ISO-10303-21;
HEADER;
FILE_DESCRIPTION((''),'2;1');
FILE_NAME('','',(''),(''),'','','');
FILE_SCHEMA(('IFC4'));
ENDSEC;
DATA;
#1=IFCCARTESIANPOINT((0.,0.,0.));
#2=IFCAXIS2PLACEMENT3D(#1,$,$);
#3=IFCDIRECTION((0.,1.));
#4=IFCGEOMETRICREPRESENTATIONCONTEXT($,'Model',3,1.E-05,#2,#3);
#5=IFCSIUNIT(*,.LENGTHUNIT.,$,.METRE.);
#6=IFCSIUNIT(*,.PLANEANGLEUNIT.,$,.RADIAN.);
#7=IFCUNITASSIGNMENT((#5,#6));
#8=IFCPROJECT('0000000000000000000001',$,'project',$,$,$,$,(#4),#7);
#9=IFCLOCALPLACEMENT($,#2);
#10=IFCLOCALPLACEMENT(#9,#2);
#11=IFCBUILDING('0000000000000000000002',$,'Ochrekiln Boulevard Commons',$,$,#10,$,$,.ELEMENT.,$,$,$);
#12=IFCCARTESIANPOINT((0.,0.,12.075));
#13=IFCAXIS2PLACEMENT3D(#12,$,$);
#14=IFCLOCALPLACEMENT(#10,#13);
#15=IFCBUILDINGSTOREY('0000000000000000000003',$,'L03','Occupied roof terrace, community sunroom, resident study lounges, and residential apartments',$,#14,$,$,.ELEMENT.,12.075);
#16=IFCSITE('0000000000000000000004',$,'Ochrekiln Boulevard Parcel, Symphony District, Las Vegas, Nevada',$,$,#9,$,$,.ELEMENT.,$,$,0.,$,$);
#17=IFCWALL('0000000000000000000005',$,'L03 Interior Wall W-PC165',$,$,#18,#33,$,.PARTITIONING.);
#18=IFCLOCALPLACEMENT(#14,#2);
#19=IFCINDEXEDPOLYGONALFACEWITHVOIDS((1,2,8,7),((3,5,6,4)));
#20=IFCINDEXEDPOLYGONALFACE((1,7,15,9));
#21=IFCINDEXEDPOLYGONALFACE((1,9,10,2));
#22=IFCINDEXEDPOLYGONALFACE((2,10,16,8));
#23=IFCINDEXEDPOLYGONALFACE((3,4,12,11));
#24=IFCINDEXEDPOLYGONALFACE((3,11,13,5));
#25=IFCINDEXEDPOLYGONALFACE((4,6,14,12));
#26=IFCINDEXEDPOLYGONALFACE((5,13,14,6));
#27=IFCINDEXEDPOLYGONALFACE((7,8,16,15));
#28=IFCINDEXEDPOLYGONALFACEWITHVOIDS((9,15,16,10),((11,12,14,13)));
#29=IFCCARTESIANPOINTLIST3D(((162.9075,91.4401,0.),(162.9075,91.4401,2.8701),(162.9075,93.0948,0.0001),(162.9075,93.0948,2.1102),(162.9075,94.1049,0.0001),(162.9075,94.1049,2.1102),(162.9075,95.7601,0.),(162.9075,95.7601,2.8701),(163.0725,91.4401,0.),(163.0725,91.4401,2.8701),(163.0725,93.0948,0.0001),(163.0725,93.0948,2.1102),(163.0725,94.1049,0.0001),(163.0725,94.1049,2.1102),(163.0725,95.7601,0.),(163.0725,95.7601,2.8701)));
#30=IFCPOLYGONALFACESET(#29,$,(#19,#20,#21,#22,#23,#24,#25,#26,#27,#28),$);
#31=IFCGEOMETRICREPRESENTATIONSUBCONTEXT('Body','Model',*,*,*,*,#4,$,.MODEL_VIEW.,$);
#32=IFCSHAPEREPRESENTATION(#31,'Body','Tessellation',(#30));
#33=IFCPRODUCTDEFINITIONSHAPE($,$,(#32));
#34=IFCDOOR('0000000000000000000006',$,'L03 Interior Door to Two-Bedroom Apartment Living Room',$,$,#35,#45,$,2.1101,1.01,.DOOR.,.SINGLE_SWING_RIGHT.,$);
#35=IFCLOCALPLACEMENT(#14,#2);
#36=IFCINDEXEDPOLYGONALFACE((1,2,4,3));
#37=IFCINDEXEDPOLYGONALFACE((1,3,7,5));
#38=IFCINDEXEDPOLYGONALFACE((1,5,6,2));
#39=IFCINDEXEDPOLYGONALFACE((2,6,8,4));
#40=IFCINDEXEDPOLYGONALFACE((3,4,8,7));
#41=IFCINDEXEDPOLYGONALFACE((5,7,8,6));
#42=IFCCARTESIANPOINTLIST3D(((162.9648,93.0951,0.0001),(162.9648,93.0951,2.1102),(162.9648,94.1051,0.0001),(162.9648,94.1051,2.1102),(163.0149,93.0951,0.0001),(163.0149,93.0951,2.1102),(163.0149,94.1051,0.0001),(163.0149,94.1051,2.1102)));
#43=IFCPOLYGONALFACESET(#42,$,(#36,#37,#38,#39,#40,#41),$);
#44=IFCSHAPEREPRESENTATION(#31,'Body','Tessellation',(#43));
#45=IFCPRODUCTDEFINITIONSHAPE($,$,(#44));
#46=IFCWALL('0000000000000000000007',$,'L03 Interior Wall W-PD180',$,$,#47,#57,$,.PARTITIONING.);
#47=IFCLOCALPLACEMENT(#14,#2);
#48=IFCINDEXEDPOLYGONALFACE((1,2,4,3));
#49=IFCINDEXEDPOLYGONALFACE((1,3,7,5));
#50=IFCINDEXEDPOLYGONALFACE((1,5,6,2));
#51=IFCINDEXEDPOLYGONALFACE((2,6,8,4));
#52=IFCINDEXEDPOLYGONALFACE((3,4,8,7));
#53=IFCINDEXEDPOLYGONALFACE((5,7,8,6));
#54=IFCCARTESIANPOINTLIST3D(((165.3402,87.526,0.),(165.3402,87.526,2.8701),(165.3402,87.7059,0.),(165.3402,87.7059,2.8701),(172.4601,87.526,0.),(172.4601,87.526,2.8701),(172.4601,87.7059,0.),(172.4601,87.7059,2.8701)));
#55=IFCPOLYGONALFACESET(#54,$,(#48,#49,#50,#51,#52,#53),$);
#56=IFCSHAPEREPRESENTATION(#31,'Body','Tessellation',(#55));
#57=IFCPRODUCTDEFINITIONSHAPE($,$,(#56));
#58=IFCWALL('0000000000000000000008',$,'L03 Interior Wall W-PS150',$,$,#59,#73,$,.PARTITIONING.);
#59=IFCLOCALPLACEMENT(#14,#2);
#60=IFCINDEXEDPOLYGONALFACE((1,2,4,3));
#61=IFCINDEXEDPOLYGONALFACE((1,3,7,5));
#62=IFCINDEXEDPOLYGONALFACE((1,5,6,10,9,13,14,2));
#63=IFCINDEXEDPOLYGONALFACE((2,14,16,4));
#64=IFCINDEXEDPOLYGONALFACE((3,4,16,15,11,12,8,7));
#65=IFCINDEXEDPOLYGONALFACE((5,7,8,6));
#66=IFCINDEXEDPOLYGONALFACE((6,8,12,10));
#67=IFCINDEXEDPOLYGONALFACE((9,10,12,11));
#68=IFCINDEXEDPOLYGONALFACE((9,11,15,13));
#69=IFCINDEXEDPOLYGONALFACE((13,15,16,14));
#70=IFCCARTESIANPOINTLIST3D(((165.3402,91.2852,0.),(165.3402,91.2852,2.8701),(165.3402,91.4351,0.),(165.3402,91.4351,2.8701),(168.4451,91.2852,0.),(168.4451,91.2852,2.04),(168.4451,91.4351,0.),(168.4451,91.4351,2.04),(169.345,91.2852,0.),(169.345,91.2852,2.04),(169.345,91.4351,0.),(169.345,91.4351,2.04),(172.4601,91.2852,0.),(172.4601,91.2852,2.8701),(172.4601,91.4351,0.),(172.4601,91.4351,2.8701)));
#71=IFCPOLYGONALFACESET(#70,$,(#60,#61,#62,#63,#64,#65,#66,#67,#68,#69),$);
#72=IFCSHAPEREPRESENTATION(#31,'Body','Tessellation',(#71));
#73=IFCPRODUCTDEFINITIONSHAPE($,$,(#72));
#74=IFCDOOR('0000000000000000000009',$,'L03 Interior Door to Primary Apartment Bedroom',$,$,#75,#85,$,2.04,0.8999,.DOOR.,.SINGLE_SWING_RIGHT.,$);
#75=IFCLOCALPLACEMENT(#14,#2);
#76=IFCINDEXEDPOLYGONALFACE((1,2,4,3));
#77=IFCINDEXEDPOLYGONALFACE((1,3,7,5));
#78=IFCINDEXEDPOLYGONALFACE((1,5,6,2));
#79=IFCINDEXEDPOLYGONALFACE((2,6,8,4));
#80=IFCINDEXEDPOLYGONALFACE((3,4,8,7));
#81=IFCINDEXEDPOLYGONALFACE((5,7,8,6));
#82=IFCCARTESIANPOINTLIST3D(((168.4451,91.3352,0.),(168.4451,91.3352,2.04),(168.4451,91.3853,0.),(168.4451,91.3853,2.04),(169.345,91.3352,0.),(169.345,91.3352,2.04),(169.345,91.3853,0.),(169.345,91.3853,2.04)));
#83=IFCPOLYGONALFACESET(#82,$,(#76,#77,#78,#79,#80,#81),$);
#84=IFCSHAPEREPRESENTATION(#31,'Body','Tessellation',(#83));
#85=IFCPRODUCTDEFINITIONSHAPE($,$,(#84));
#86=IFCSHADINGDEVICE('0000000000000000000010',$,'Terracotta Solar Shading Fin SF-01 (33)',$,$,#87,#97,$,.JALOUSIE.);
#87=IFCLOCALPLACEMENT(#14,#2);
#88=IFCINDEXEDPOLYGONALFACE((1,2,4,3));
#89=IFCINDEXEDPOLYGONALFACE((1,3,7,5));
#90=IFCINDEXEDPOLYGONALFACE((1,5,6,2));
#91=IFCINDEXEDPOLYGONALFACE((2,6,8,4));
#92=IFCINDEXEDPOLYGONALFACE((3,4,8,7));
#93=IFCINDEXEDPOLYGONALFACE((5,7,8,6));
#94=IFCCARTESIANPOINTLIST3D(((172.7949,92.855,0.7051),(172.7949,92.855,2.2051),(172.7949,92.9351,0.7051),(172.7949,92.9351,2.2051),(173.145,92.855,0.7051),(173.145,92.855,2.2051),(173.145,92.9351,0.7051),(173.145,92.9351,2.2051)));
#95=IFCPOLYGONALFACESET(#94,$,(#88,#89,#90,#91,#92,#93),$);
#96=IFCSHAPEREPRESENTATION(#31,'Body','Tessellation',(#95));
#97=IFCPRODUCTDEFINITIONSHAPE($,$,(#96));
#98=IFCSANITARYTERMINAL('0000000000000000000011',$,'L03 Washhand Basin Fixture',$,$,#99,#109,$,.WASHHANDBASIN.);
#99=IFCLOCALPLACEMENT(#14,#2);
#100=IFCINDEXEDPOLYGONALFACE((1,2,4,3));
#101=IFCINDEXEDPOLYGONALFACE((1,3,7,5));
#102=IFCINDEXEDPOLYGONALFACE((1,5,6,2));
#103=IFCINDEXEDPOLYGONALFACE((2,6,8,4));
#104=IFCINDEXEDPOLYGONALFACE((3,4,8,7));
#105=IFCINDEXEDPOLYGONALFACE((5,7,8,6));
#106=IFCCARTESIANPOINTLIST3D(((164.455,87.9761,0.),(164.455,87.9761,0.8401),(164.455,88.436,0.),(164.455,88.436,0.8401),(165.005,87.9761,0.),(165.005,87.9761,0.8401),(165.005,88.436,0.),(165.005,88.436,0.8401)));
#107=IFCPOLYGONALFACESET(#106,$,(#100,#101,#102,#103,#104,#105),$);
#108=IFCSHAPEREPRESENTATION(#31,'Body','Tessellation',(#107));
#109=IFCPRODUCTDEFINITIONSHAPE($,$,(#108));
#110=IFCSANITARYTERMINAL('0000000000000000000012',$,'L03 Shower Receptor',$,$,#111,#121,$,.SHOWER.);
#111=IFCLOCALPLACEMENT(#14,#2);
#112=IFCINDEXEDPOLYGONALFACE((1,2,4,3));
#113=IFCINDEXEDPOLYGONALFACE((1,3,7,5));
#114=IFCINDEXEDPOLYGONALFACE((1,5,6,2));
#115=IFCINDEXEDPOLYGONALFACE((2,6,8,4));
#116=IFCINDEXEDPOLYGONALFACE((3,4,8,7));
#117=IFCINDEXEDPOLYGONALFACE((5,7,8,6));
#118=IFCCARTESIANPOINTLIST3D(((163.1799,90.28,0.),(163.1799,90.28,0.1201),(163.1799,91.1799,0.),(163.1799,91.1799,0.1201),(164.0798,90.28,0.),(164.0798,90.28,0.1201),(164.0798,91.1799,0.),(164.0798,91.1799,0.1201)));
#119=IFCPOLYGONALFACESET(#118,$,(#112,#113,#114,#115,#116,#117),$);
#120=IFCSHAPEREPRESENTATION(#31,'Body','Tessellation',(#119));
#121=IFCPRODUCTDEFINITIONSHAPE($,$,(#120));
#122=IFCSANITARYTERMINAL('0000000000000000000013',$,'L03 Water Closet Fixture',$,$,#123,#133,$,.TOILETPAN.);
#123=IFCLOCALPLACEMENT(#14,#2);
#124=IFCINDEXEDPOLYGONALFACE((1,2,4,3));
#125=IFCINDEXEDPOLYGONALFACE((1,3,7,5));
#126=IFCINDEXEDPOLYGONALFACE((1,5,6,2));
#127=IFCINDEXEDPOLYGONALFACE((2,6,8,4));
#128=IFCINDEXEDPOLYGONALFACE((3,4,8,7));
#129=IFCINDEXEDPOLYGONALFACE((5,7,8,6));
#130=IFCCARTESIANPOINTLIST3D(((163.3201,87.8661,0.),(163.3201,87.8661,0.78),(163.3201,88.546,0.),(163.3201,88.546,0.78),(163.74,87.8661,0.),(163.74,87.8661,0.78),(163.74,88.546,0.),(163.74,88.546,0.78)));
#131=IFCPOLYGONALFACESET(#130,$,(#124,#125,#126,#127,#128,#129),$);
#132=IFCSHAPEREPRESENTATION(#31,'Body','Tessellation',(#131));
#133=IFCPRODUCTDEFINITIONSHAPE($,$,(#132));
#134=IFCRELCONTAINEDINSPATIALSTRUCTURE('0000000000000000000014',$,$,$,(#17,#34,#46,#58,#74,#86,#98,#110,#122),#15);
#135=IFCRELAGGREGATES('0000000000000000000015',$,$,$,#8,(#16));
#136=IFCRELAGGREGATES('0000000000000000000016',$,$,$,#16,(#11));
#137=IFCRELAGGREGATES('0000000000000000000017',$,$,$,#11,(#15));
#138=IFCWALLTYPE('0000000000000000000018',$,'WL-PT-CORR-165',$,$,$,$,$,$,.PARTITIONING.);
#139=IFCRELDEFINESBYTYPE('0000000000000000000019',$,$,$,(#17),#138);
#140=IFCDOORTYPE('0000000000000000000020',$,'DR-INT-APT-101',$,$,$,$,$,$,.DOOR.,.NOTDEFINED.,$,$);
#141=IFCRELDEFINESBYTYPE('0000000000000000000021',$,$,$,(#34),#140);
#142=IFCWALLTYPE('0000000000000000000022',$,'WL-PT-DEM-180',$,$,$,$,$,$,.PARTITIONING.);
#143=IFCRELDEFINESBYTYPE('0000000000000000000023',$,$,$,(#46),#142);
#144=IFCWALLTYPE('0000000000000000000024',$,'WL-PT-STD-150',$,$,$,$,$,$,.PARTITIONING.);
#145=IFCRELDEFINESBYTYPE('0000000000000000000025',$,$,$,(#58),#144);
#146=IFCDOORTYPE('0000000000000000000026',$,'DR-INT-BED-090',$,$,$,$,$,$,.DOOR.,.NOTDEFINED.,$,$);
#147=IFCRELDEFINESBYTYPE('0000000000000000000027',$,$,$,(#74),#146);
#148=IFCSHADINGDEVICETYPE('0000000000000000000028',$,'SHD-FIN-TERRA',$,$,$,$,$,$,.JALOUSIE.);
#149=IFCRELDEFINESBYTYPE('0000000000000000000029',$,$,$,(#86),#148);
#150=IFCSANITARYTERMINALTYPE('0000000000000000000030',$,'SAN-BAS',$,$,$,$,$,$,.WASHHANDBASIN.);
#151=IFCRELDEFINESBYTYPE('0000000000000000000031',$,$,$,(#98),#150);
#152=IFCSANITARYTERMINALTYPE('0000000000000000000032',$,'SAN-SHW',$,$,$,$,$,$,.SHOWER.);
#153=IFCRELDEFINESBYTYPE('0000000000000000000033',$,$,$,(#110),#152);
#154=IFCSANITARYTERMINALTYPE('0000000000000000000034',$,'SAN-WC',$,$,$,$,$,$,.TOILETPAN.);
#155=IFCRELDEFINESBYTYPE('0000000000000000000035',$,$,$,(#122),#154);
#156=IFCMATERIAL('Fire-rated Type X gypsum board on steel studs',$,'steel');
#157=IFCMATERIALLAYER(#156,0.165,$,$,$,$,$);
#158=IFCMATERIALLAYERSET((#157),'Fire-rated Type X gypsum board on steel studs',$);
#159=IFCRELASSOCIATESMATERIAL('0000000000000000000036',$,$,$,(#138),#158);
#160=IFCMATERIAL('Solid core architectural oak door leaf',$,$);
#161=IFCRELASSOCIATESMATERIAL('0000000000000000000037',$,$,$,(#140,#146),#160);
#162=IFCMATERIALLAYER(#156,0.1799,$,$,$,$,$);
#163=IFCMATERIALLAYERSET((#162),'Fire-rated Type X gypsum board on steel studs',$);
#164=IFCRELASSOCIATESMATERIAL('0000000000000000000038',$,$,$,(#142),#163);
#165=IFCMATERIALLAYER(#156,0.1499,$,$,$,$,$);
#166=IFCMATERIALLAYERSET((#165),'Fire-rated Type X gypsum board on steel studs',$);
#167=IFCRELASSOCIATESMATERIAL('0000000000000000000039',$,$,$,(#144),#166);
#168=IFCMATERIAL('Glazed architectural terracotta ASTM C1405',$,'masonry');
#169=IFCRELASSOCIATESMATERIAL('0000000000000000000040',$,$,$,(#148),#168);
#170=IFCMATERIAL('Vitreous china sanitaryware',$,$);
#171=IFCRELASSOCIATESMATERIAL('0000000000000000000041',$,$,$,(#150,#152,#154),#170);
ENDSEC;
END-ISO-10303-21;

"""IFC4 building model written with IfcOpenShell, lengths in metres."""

from ifc_helpers import new_model, si_unit, direction, frame, frame_2d, origin, origin_2d, place, context, subcontext, project, spatial, rectangle, extrude, material, layer, layer_set, type_object, element, fill, save


model = new_model("IFC4")

# Units and contexts
model_context = context("Model", 3, precision=1e-05, world=origin(), true_north=direction((0.0, 1.0)))
body_context = subcontext(model_context, "Body", "Model", "MODEL_VIEW")
ifc_project = project(units=[si_unit("LENGTHUNIT", "METRE"), si_unit("PLANEANGLEUNIT", "RADIAN")], contexts=[model_context])

# Site, building, storey
site_placement = place(None, origin())
site = spatial("IfcSite", under=ifc_project, at=site_placement, Name="Ochrekiln Boulevard Parcel, Symphony District, Las Vegas, Nevada", CompositionType="ELEMENT", RefElevation=0.0)
building_placement = place(site_placement, origin())
building = spatial("IfcBuilding", under=site, at=building_placement, Name="Ochrekiln Boulevard Commons", CompositionType="ELEMENT")
storey_placement = place(building_placement, frame((0.0, 0.0, 12.075)))
storey = spatial("IfcBuildingStorey", under=building, at=storey_placement, Name="L03", Description="Occupied roof terrace, community sunroom, resident study lounges, and residential apartments", CompositionType="ELEMENT", Elevation=12.075)

# Shared definitions
ifc_material_1 = material(Name="Solid core architectural oak door leaf")

# Wall, opening, door
ifc_material_2 = material(Name="Fire-rated Type X gypsum board on steel studs", Category="steel")
ifc_layer_1 = layer(ifc_material_2, 0.165)
ifc_layer_set_1 = layer_set([ifc_layer_1], Name="Fire-rated Type X gypsum board on steel studs")
wall_type_1 = type_object("IfcWallType", Name="WL-PT-CORR-165", PredefinedType="PARTITIONING", material=ifc_layer_set_1)
door_type_1 = type_object("IfcDoorType", Name="DR-INT-APT-101", OperationType="NOTDEFINED", PredefinedType="DOOR", material=ifc_material_1)
wall_1_placement = place(storey_placement, frame((162.99, 91.4399, 0.0), z_axis=(0.0, 0.0, 1.0), x_axis=(0.0, 1.0, 0.0)))
wall_1 = element("IfcWall", 1, at=wall_1_placement, inside=storey, type_object=wall_type_1, Name="L03 Interior Wall W-PC165", PredefinedType="PARTITIONING", context=body_context, shape_type="SweptSolid", body=[
    extrude(rectangle(XDim=4.3201, YDim=0.165, at=frame_2d((2.1602, 0.0))), origin(), (0.0, 0.0, 1.0), 2.8701),
])
opening_1_placement = place(wall_1_placement, frame((1.655, 0.0, 0.0)))
opening_1 = element("IfcOpeningElement", 2, at=opening_1_placement, cuts=wall_1, PredefinedType="OPENING", context=body_context, shape_type="SweptSolid", body=[
    extrude(rectangle(XDim=1.01, YDim=2.1101, at=frame_2d((0.5049, 1.0552))), frame((0.0, 0.0925, 0.0), z_axis=(0.0, -1.0, 0.0), x_axis=(1.0, 0.0, 0.0)), (0.0, 0.0, 1.0), 0.1851),
])
door_1_placement = place(opening_1_placement, frame((1.01, 0.0, 0.0), z_axis=(0.0, 0.0, 1.0), x_axis=(-1.0, 0.0, 0.0)))
door_1 = element("IfcDoor", 3, at=door_1_placement, inside=storey, type_object=door_type_1, Name="L03 Interior Door to Two-Bedroom Apartment Living Room", OperationType="SINGLE_SWING_RIGHT", OverallHeight=2.1101, OverallWidth=1.01, PredefinedType="DOOR", context=body_context, shape_type="SweptSolid", body=[
    extrude(rectangle(XDim=1.01, YDim=2.1101, at=frame_2d((0.5049, 1.0552))), frame((0.0, 0.0249, 0.0), z_axis=(0.0, -1.0, 0.0), x_axis=(1.0, 0.0, 0.0)), (0.0, 0.0, 1.0), 0.05),
])
fill(opening_1, door_1)

# Wall
ifc_layer_2 = layer(ifc_material_2, 0.1799)
ifc_layer_set_2 = layer_set([ifc_layer_2], Name="Fire-rated Type X gypsum board on steel studs")
wall_type_2 = type_object("IfcWallType", Name="WL-PT-DEM-180", PredefinedType="PARTITIONING", material=ifc_layer_set_2)
wall_2_placement = place(storey_placement, frame((165.3401, 87.616, 0.0), z_axis=(0.0, 0.0, 1.0), x_axis=(1.0, 0.0, 0.0)))
element("IfcWall", 4, at=wall_2_placement, inside=storey, type_object=wall_type_2, Name="L03 Interior Wall W-PD180", PredefinedType="PARTITIONING", context=body_context, shape_type="SweptSolid", body=[
    extrude(rectangle(XDim=7.1199, YDim=0.1799, at=frame_2d((3.5601, 0.0))), origin(), (0.0, 0.0, 1.0), 2.8701),
])

# Wall, opening, door
ifc_layer_3 = layer(ifc_material_2, 0.1499)
ifc_layer_set_3 = layer_set([ifc_layer_3], Name="Fire-rated Type X gypsum board on steel studs")
wall_type_3 = type_object("IfcWallType", Name="WL-PT-STD-150", PredefinedType="PARTITIONING", material=ifc_layer_set_3)
wall_3_placement = place(storey_placement, frame((165.3401, 91.3601, 0.0), z_axis=(0.0, 0.0, 1.0), x_axis=(1.0, 0.0, 0.0)))
wall_3 = element("IfcWall", 5, at=wall_3_placement, inside=storey, type_object=wall_type_3, Name="L03 Interior Wall W-PS150", PredefinedType="PARTITIONING", context=body_context, shape_type="SweptSolid", body=[
    extrude(rectangle(XDim=7.1199, YDim=0.1499, at=frame_2d((3.5601, 0.0))), origin(), (0.0, 0.0, 1.0), 2.8701),
])
opening_2_placement = place(wall_3_placement, frame((3.105, 0.0, 0.0)))
opening_2 = element("IfcOpeningElement", 6, at=opening_2_placement, cuts=wall_3, PredefinedType="OPENING", context=body_context, shape_type="SweptSolid", body=[
    extrude(rectangle(XDim=0.8999, YDim=2.04, at=frame_2d((0.45, 1.02))), frame((0.0, 0.085, 0.0), z_axis=(0.0, -1.0, 0.0), x_axis=(1.0, 0.0, 0.0)), (0.0, 0.0, 1.0), 0.1699),
])
door_type_2 = type_object("IfcDoorType", Name="DR-INT-BED-090", OperationType="NOTDEFINED", PredefinedType="DOOR", material=ifc_material_1)
door_2_placement = place(opening_2_placement, frame((0.8999, 0.0, 0.0), z_axis=(0.0, 0.0, 1.0), x_axis=(-1.0, 0.0, 0.0)))
door_2 = element("IfcDoor", 7, at=door_2_placement, inside=storey, type_object=door_type_2, Name="L03 Interior Door to Primary Apartment Bedroom", OperationType="SINGLE_SWING_RIGHT", OverallHeight=2.04, OverallWidth=0.8999, PredefinedType="DOOR", context=body_context, shape_type="SweptSolid", body=[
    extrude(rectangle(XDim=0.8999, YDim=2.04, at=frame_2d((0.45, 1.02))), frame((0.0, 0.0249, 0.0), z_axis=(0.0, -1.0, 0.0), x_axis=(1.0, 0.0, 0.0)), (0.0, 0.0, 1.0), 0.05),
])
fill(opening_2, door_2)

# Shading device
ifc_material_3 = material(Name="Glazed architectural terracotta ASTM C1405", Category="masonry")
shading_device_type = type_object("IfcShadingDeviceType", Name="SHD-FIN-TERRA", PredefinedType="JALOUSIE", material=ifc_material_3)
shading_device_placement = place(storey_placement, frame((172.97, 92.895, 0.7051), z_axis=(0.0, 0.0, 1.0), x_axis=(1.0, 0.0, 0.0)))
element("IfcShadingDevice", 8, at=shading_device_placement, inside=storey, type_object=shading_device_type, Name="Terracotta Solar Shading Fin SF-01 (33)", PredefinedType="JALOUSIE", context=body_context, shape_type="SweptSolid", body=[
    extrude(rectangle(XDim=0.3501, YDim=0.0801, at=origin_2d()), origin(), (0.0, 0.0, 1.0), 1.5),
])

# Sanitary terminals
ifc_material_4 = material(Name="Vitreous china sanitaryware")
sanitary_terminal_type_1 = type_object("IfcSanitaryTerminalType", Name="SAN-BAS", PredefinedType="WASHHANDBASIN", material=ifc_material_4)
sanitary_terminal_1_placement = place(storey_placement, frame((164.73, 88.2061, 0.0), z_axis=(0.0, 0.0, 1.0), x_axis=(1.0, 0.0, 0.0)))
element("IfcSanitaryTerminal", 9, at=sanitary_terminal_1_placement, inside=storey, type_object=sanitary_terminal_type_1, Name="L03 Washhand Basin Fixture", PredefinedType="WASHHANDBASIN", context=body_context, shape_type="SweptSolid", body=[
    extrude(rectangle(XDim=0.55, YDim=0.46, at=origin_2d()), origin(), (0.0, 0.0, 1.0), 0.8401),
])
sanitary_terminal_type_2 = type_object("IfcSanitaryTerminalType", Name="SAN-SHW", PredefinedType="SHOWER", material=ifc_material_4)
sanitary_terminal_2_placement = place(storey_placement, frame((163.6299, 90.73, 0.0), z_axis=(0.0, 0.0, 1.0), x_axis=(1.0, 0.0, 0.0)))
element("IfcSanitaryTerminal", 10, at=sanitary_terminal_2_placement, inside=storey, type_object=sanitary_terminal_type_2, Name="L03 Shower Receptor", PredefinedType="SHOWER", context=body_context, shape_type="SweptSolid", body=[
    extrude(rectangle(XDim=0.8999, YDim=0.8999, at=origin_2d()), origin(), (0.0, 0.0, 1.0), 0.1201),
])
sanitary_terminal_type_3 = type_object("IfcSanitaryTerminalType", Name="SAN-WC", PredefinedType="TOILETPAN", material=ifc_material_4)
sanitary_terminal_3_placement = place(storey_placement, frame((163.53, 88.2061, 0.0), z_axis=(0.0, 0.0, 1.0), x_axis=(1.0, 0.0, 0.0)))
element("IfcSanitaryTerminal", 11, at=sanitary_terminal_3_placement, inside=storey, type_object=sanitary_terminal_type_3, Name="L03 Water Closet Fixture", PredefinedType="TOILETPAN", context=body_context, shape_type="SweptSolid", body=[
    extrude(rectangle(XDim=0.4199, YDim=0.6799, at=origin_2d()), origin(), (0.0, 0.0, 1.0), 0.78),
])

save(model, "model.ifc")
